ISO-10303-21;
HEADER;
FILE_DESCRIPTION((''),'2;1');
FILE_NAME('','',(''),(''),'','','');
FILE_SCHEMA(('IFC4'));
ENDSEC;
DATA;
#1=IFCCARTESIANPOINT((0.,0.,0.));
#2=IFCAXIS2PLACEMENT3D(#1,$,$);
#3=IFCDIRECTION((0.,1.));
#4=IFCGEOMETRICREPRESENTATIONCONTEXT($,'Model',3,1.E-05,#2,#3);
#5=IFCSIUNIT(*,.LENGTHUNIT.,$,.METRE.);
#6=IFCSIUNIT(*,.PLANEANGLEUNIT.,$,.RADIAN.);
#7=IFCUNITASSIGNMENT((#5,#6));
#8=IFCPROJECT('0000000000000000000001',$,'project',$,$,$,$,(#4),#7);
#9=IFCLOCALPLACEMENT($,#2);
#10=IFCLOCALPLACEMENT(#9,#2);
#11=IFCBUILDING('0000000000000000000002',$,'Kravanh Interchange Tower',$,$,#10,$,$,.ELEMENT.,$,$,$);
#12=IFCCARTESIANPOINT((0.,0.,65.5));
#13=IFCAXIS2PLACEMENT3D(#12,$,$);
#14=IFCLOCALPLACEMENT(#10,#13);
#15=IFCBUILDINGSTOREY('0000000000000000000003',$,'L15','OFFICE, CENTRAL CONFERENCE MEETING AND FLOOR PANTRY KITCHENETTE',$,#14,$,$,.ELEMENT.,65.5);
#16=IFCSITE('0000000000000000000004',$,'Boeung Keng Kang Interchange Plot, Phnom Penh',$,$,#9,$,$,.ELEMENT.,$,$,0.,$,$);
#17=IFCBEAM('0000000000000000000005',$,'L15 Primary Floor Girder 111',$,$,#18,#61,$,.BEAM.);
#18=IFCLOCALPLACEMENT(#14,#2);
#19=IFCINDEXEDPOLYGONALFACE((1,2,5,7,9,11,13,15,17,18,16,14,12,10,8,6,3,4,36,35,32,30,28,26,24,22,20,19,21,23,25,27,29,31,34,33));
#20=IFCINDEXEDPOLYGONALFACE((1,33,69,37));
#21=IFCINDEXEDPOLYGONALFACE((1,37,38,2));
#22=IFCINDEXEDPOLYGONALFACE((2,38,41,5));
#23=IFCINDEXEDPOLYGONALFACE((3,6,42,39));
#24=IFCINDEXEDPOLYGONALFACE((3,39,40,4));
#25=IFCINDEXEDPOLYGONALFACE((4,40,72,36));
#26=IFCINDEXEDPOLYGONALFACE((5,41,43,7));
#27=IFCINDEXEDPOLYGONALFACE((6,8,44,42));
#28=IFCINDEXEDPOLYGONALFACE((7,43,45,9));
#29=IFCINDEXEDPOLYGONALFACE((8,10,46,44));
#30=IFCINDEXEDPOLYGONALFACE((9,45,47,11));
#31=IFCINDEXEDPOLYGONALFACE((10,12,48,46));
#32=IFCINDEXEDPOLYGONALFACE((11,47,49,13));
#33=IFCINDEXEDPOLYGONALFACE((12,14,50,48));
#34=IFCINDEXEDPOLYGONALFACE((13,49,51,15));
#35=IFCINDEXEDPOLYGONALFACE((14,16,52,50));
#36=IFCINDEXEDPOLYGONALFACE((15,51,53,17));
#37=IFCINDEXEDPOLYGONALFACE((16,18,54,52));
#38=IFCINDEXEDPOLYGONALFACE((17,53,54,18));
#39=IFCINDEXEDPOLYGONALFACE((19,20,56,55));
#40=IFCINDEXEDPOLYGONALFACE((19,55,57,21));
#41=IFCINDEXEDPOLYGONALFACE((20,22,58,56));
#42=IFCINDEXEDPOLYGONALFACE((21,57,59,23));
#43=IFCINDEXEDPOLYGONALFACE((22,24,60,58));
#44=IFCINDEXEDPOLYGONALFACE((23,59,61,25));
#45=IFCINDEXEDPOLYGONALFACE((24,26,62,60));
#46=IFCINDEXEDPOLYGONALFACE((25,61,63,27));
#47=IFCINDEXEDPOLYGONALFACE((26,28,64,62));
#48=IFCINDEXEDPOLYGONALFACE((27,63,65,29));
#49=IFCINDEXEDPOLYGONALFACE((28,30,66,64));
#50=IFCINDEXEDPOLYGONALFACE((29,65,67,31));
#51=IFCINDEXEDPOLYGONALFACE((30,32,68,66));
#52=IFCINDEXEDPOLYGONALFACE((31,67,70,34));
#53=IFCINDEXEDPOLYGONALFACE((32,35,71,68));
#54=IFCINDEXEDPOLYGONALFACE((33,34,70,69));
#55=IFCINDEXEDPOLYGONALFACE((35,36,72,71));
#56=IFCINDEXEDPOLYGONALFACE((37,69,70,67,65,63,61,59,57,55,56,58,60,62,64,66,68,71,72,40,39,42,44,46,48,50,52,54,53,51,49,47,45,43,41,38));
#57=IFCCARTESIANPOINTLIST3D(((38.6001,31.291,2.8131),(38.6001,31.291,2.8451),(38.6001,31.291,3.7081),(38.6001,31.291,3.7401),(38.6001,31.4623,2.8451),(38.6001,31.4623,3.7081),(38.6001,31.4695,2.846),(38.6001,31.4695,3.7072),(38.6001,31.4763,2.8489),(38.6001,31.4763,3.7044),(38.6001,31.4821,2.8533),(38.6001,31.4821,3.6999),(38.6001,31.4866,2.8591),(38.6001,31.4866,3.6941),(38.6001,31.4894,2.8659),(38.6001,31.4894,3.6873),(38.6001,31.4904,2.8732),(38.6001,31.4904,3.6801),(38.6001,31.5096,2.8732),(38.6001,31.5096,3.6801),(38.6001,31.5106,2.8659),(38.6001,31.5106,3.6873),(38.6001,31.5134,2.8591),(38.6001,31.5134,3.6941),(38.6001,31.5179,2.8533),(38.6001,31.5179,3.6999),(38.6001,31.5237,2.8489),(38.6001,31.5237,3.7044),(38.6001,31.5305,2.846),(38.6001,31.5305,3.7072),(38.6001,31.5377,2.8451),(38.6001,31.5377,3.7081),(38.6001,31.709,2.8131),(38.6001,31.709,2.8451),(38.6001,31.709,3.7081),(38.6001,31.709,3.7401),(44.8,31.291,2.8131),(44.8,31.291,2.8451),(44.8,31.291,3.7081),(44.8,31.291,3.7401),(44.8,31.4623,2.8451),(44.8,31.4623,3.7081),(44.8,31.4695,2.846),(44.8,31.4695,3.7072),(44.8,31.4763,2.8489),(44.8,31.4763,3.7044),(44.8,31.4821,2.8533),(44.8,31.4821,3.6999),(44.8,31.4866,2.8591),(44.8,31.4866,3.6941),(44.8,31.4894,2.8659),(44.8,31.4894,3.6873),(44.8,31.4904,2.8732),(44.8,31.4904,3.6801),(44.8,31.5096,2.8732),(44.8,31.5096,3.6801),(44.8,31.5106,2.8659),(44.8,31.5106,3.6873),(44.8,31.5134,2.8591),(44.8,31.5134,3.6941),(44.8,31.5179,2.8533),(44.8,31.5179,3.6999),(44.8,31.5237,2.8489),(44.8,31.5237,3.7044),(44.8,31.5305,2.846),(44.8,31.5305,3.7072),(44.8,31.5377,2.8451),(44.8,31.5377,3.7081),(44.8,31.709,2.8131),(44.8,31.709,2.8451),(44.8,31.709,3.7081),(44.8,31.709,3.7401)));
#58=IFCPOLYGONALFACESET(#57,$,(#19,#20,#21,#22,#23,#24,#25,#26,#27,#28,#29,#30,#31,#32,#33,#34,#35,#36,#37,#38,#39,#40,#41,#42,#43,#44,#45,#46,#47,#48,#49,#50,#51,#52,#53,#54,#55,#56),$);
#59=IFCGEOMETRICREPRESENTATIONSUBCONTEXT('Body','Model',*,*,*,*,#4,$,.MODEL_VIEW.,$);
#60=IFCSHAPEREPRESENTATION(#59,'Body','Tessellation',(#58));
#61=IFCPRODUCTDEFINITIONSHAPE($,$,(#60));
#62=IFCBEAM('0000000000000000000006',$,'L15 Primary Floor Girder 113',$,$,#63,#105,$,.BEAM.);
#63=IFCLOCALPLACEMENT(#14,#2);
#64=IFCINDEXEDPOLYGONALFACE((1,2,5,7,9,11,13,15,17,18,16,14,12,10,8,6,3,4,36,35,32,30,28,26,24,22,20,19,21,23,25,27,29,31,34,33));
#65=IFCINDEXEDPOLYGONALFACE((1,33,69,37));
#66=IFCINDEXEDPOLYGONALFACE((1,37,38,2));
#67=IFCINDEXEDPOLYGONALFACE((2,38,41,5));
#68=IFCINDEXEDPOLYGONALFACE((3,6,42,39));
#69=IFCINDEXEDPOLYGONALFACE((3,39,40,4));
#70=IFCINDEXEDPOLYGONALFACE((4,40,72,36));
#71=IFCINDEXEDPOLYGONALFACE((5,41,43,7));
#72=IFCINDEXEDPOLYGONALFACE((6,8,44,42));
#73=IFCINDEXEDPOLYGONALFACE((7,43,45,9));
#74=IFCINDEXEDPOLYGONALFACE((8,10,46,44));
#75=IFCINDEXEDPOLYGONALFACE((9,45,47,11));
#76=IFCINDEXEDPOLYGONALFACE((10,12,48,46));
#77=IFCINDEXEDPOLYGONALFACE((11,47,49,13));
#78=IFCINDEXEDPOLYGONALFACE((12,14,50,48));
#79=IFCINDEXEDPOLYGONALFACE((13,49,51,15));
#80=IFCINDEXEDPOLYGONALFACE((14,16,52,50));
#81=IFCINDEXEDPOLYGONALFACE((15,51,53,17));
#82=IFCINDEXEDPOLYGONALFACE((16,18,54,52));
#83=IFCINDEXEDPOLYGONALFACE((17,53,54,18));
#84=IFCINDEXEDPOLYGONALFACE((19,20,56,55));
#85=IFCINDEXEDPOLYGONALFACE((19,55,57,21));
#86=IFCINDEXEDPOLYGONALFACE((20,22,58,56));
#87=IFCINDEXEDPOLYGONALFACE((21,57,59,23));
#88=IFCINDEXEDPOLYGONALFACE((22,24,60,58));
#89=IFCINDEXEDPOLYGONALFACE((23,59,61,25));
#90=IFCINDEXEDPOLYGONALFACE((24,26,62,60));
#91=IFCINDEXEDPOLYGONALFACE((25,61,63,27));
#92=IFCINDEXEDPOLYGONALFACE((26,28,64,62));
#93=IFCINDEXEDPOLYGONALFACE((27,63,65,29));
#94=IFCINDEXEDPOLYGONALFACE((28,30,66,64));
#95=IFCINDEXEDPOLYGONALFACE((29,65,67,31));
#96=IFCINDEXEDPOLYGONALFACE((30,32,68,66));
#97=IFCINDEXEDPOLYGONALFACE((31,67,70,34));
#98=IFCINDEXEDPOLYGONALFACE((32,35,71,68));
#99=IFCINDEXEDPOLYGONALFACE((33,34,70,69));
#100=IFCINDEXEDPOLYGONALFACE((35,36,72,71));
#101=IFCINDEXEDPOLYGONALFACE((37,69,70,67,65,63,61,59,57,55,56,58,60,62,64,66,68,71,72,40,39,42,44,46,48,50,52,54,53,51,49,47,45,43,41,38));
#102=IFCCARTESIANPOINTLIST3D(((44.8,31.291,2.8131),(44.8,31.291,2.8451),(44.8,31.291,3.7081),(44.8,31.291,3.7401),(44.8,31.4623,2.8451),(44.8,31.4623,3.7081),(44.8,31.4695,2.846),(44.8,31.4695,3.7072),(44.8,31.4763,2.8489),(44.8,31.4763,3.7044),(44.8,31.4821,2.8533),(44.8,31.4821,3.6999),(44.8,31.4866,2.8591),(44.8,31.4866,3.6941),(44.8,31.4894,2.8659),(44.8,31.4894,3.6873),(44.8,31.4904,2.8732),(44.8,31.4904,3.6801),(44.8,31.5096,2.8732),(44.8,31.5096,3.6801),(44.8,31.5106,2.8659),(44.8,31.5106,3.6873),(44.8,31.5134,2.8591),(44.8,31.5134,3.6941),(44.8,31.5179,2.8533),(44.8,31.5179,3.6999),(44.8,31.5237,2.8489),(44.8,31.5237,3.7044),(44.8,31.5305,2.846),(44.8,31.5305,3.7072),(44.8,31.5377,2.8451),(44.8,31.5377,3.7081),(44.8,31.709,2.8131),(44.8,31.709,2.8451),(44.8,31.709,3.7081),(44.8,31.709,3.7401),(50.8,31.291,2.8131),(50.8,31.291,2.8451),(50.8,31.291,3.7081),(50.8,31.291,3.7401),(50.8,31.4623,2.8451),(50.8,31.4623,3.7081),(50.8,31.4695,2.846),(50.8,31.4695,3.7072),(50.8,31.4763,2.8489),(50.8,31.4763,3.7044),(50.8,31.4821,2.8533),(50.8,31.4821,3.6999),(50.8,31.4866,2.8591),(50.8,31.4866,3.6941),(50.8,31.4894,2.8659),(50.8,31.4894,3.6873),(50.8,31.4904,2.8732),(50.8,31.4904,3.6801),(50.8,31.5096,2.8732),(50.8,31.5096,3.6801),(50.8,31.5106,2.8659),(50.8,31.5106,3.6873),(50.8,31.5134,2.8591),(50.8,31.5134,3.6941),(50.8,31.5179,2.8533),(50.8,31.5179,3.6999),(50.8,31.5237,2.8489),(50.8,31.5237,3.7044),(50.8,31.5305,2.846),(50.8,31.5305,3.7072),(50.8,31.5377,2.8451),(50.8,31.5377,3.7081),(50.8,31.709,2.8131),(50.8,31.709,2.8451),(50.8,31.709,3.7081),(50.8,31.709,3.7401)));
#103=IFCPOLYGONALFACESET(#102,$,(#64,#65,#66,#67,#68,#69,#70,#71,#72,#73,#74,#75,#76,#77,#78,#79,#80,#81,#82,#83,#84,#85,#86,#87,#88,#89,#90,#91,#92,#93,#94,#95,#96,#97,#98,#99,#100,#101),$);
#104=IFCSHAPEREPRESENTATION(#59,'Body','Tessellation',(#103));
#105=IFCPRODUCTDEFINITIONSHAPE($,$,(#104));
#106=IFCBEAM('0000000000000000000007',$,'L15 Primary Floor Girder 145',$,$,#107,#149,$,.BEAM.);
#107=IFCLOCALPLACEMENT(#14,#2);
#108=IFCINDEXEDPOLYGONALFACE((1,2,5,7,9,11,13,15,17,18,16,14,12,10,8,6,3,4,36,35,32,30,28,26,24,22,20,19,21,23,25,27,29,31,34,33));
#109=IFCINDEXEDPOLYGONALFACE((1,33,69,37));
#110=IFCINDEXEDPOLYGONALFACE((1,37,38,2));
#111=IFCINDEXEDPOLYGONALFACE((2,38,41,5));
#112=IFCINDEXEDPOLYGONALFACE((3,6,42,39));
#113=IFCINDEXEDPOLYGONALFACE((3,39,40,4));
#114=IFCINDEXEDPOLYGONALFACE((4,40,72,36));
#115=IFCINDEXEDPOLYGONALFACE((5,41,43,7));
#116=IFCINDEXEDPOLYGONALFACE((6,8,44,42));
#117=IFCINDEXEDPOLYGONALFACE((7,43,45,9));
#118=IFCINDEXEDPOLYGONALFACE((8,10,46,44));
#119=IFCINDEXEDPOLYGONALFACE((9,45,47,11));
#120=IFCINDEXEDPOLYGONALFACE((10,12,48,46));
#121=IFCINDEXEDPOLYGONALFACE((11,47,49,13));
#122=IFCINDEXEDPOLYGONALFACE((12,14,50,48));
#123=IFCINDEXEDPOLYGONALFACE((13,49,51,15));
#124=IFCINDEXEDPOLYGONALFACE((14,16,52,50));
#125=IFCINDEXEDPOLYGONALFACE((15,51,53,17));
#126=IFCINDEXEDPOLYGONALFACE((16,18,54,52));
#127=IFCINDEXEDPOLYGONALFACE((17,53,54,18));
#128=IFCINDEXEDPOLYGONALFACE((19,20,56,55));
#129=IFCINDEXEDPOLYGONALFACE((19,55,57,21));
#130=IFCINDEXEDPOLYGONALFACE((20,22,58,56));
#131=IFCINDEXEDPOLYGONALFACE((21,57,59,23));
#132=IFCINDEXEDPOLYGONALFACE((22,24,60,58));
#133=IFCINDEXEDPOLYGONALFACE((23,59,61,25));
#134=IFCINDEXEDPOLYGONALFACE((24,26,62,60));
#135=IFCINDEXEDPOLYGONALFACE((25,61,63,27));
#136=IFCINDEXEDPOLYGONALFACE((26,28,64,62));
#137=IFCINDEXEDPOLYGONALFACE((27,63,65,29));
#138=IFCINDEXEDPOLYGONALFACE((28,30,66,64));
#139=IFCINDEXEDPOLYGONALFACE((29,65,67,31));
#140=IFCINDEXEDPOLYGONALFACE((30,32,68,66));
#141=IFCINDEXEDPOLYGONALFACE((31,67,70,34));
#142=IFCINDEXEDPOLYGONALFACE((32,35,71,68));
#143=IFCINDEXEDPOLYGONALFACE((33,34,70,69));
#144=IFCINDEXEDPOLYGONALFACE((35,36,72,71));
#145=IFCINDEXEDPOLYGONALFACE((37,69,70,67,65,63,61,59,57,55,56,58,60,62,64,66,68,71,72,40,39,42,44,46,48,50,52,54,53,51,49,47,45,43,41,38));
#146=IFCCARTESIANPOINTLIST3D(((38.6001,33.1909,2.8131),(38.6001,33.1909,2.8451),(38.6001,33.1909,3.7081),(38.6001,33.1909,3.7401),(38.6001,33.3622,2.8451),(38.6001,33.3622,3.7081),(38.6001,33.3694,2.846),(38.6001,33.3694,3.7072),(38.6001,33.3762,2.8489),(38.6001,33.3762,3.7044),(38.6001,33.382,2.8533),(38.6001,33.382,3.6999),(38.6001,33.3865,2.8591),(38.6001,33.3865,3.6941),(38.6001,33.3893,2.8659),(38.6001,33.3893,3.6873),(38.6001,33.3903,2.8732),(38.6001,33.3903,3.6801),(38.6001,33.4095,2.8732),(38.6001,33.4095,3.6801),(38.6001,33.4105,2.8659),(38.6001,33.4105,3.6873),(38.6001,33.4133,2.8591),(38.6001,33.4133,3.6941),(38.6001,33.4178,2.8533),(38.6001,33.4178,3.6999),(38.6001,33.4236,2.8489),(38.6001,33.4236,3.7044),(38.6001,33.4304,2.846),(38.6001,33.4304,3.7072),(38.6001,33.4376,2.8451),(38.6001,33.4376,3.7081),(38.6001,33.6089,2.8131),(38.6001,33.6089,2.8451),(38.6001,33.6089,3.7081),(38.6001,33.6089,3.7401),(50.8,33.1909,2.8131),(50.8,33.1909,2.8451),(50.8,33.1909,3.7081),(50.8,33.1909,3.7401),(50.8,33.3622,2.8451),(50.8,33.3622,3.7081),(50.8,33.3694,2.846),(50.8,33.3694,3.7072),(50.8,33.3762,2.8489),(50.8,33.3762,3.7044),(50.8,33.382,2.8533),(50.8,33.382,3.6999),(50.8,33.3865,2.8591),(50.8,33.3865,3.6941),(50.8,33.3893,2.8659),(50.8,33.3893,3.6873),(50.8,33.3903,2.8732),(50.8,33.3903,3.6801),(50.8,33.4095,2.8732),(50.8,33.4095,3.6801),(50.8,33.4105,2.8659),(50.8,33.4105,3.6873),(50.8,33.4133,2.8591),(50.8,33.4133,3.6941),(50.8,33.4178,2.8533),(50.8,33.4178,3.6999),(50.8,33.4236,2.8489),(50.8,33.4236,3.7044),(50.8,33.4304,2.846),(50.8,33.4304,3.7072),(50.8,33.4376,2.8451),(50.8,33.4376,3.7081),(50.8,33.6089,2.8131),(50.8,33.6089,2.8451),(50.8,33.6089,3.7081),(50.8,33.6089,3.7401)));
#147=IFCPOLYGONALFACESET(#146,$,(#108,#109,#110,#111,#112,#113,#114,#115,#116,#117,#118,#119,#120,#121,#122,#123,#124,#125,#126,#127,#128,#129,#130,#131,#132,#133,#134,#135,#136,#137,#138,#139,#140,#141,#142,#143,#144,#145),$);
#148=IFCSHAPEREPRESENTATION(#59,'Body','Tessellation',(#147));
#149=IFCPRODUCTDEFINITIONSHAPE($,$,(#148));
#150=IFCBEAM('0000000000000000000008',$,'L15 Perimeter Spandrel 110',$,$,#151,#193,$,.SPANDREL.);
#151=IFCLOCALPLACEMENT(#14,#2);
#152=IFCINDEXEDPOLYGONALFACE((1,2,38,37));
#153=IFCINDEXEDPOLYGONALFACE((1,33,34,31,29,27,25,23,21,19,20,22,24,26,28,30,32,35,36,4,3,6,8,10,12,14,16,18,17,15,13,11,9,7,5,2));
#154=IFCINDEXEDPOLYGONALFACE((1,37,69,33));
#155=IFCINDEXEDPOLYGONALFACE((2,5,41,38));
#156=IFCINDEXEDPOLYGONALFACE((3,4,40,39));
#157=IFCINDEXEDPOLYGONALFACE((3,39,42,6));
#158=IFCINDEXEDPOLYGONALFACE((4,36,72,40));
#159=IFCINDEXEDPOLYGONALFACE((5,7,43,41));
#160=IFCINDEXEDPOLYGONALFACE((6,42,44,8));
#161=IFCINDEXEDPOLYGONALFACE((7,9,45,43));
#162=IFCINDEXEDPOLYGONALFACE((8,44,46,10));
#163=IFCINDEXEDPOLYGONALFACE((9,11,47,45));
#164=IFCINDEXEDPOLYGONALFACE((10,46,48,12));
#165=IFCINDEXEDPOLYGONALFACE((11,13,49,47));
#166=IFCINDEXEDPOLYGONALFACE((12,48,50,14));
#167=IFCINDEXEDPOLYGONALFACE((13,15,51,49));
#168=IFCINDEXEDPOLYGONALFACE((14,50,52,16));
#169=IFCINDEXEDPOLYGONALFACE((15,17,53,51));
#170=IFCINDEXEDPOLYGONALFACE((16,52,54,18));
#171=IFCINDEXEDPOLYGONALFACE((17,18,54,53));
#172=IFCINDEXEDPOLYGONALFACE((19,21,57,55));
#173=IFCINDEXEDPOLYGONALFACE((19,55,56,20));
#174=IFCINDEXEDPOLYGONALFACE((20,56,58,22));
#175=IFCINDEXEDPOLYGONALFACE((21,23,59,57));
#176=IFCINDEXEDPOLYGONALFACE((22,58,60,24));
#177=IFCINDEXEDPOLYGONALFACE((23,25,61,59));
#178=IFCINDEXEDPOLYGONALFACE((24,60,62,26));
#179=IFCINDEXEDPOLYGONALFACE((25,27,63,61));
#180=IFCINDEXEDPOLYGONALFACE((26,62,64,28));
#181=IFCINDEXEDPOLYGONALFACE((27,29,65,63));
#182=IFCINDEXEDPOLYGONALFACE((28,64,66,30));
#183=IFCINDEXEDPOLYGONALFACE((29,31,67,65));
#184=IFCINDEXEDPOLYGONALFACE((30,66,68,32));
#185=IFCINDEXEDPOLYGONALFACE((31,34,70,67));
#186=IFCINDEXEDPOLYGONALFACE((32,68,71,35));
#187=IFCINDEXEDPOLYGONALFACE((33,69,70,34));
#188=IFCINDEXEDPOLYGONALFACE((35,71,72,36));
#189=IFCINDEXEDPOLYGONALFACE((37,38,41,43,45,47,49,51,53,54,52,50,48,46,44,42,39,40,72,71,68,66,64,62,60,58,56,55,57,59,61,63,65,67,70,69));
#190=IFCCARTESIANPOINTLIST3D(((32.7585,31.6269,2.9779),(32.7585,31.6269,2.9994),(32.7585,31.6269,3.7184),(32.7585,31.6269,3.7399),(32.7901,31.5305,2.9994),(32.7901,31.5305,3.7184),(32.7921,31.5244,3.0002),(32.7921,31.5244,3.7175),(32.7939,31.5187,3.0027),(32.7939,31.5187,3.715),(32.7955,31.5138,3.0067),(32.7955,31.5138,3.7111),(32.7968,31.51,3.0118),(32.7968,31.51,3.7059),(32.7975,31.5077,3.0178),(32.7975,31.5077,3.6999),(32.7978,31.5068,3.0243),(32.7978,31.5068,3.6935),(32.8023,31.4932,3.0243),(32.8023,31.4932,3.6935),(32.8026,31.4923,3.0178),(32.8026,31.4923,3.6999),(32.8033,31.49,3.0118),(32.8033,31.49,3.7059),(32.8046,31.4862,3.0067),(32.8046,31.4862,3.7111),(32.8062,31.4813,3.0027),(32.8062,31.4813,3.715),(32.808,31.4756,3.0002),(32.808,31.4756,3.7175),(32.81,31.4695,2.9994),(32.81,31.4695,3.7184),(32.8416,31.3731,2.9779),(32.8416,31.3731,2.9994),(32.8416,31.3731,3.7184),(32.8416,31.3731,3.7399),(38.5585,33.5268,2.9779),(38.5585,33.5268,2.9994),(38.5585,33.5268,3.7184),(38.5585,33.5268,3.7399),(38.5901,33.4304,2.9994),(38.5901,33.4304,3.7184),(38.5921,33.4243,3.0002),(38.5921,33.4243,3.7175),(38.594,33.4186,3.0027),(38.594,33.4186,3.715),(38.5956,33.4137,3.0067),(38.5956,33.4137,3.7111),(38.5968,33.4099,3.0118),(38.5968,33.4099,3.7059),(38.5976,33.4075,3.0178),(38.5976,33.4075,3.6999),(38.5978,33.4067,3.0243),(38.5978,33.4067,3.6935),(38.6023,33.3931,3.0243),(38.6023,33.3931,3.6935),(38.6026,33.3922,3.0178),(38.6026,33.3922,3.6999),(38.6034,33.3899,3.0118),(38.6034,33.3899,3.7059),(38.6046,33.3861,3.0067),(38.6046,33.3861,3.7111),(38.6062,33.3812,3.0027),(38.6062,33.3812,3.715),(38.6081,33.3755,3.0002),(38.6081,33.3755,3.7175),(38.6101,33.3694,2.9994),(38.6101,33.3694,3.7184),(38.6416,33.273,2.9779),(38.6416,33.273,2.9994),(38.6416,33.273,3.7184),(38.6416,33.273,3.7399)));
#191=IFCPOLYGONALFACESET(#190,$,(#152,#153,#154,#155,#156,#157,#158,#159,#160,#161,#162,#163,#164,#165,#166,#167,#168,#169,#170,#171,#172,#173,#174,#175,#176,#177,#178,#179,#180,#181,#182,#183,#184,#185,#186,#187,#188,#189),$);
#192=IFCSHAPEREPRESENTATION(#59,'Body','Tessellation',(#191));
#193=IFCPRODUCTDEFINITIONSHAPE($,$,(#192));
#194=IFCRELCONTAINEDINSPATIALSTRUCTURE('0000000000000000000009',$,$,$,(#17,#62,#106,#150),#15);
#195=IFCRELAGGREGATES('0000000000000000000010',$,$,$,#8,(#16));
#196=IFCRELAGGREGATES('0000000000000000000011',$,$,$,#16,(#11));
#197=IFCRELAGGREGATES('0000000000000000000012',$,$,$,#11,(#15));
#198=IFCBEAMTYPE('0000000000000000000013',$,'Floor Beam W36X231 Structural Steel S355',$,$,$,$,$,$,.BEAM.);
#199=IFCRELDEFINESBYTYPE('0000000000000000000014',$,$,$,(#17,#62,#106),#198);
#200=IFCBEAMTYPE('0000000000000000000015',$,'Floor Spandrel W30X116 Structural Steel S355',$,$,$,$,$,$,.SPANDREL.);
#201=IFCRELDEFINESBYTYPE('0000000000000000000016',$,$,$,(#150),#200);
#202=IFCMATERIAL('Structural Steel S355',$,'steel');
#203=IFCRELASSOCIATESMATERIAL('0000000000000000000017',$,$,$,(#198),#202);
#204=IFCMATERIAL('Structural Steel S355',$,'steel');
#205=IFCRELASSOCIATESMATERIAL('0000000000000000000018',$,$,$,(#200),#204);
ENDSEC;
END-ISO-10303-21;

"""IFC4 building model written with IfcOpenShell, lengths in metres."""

from ifc_helpers import new_model, si_unit, direction, frame, origin, origin_2d, place, context, subcontext, project, spatial, i_section, extrude, material, material_profile, profile_set, type_object, element, save


model = new_model("IFC4")

# Units and contexts
model_context = context("Model", 3, precision=1e-05, world=origin(), true_north=direction((0.0, 1.0)))
body_context = subcontext(model_context, "Body", "Model", "MODEL_VIEW")
ifc_project = project(units=[si_unit("LENGTHUNIT", "METRE"), si_unit("PLANEANGLEUNIT", "RADIAN")], contexts=[model_context])

# Site, building, storey
site_placement = place(None, origin())
site = spatial("IfcSite", under=ifc_project, at=site_placement, Name="Boeung Keng Kang Interchange Plot, Phnom Penh", CompositionType="ELEMENT", RefElevation=0.0)
building_placement = place(site_placement, origin())
building = spatial("IfcBuilding", under=site, at=building_placement, Name="Kravanh Interchange Tower", CompositionType="ELEMENT")
storey_placement = place(building_placement, frame((0.0, 0.0, 65.5)))
storey = spatial("IfcBuildingStorey", under=building, at=storey_placement, Name="L15", Description="OFFICE, CENTRAL CONFERENCE MEETING AND FLOOR PANTRY KITCHENETTE", CompositionType="ELEMENT", Elevation=65.5)

# Beams
ifc_material_1 = material(Name="Structural Steel S355", Category="steel")
ifc_material_profile_1 = material_profile(ifc_material_1, i_section(OverallWidth=0.418, OverallDepth=0.927, WebThickness=0.0193, FlangeThickness=0.032, FilletRadius=0.0281, at=origin_2d()), Name="W36X231")
ifc_profile_set_1 = profile_set([ifc_material_profile_1], Name="Structural Steel S355")
beam_type_1 = type_object("IfcBeamType", Name="Floor Beam W36X231 Structural Steel S355", PredefinedType="BEAM", material=ifc_profile_set_1)
beam_1_placement = place(storey_placement, frame((38.6001, 31.5, 3.2766), z_axis=(1.0, 0.0, 0.0), x_axis=(0.0, 1.0, 0.0)))
element("IfcBeam", 1, at=beam_1_placement, inside=storey, type_object=beam_type_1, Name="L15 Primary Floor Girder 111", PredefinedType="BEAM", context=body_context, shape_type="SweptSolid", body=[
    extrude(i_section(OverallWidth=0.418, OverallDepth=0.927, WebThickness=0.0193, FlangeThickness=0.032, FilletRadius=0.0281, at=origin_2d()), origin(), (0.0, 0.0, 1.0), 6.2),
])
beam_2_placement = place(storey_placement, frame((44.8, 31.5, 3.2766), z_axis=(1.0, 0.0, 0.0), x_axis=(0.0, 1.0, 0.0)))
element("IfcBeam", 2, at=beam_2_placement, inside=storey, type_object=beam_type_1, Name="L15 Primary Floor Girder 113", PredefinedType="BEAM", context=body_context, shape_type="SweptSolid", body=[
    extrude(i_section(OverallWidth=0.418, OverallDepth=0.927, WebThickness=0.0193, FlangeThickness=0.032, FilletRadius=0.0281, at=origin_2d()), origin(), (0.0, 0.0, 1.0), 6.0),
])
beam_3_placement = place(storey_placement, frame((38.6001, 33.3999, 3.2766), z_axis=(1.0, 0.0, 0.0), x_axis=(0.0, 1.0, 0.0)))
element("IfcBeam", 3, at=beam_3_placement, inside=storey, type_object=beam_type_1, Name="L15 Primary Floor Girder 145", PredefinedType="BEAM", context=body_context, shape_type="SweptSolid", body=[
    extrude(i_section(OverallWidth=0.418, OverallDepth=0.927, WebThickness=0.0193, FlangeThickness=0.032, FilletRadius=0.0281, at=origin_2d()), origin(), (0.0, 0.0, 1.0), 12.2),
])
ifc_material_2 = material(Name="Structural Steel S355", Category="steel")
ifc_material_profile_2 = material_profile(ifc_material_2, i_section(OverallWidth=0.2671, OverallDepth=0.762, WebThickness=0.0144, FlangeThickness=0.0215, FilletRadius=0.0249, at=origin_2d()), Name="W30X116")
ifc_profile_set_2 = profile_set([ifc_material_profile_2], Name="Structural Steel S355")
beam_type_2 = type_object("IfcBeamType", Name="Floor Spandrel W30X116 Structural Steel S355", PredefinedType="SPANDREL", material=ifc_profile_set_2)
beam_4_placement = place(storey_placement, frame((32.8, 31.5, 3.3589), z_axis=(0.950315, 0.311291, 0.0), x_axis=(-0.311291, 0.950315, 0.0)))
element("IfcBeam", 4, at=beam_4_placement, inside=storey, type_object=beam_type_2, Name="L15 Perimeter Spandrel 110", PredefinedType="SPANDREL", context=body_context, shape_type="SweptSolid", body=[
    extrude(i_section(OverallWidth=0.2671, OverallDepth=0.762, WebThickness=0.0144, FlangeThickness=0.0215, FilletRadius=0.0249, at=origin_2d()), origin(), (0.0, 0.0, 1.0), 6.1033),
])

save(model, "model.ifc")
